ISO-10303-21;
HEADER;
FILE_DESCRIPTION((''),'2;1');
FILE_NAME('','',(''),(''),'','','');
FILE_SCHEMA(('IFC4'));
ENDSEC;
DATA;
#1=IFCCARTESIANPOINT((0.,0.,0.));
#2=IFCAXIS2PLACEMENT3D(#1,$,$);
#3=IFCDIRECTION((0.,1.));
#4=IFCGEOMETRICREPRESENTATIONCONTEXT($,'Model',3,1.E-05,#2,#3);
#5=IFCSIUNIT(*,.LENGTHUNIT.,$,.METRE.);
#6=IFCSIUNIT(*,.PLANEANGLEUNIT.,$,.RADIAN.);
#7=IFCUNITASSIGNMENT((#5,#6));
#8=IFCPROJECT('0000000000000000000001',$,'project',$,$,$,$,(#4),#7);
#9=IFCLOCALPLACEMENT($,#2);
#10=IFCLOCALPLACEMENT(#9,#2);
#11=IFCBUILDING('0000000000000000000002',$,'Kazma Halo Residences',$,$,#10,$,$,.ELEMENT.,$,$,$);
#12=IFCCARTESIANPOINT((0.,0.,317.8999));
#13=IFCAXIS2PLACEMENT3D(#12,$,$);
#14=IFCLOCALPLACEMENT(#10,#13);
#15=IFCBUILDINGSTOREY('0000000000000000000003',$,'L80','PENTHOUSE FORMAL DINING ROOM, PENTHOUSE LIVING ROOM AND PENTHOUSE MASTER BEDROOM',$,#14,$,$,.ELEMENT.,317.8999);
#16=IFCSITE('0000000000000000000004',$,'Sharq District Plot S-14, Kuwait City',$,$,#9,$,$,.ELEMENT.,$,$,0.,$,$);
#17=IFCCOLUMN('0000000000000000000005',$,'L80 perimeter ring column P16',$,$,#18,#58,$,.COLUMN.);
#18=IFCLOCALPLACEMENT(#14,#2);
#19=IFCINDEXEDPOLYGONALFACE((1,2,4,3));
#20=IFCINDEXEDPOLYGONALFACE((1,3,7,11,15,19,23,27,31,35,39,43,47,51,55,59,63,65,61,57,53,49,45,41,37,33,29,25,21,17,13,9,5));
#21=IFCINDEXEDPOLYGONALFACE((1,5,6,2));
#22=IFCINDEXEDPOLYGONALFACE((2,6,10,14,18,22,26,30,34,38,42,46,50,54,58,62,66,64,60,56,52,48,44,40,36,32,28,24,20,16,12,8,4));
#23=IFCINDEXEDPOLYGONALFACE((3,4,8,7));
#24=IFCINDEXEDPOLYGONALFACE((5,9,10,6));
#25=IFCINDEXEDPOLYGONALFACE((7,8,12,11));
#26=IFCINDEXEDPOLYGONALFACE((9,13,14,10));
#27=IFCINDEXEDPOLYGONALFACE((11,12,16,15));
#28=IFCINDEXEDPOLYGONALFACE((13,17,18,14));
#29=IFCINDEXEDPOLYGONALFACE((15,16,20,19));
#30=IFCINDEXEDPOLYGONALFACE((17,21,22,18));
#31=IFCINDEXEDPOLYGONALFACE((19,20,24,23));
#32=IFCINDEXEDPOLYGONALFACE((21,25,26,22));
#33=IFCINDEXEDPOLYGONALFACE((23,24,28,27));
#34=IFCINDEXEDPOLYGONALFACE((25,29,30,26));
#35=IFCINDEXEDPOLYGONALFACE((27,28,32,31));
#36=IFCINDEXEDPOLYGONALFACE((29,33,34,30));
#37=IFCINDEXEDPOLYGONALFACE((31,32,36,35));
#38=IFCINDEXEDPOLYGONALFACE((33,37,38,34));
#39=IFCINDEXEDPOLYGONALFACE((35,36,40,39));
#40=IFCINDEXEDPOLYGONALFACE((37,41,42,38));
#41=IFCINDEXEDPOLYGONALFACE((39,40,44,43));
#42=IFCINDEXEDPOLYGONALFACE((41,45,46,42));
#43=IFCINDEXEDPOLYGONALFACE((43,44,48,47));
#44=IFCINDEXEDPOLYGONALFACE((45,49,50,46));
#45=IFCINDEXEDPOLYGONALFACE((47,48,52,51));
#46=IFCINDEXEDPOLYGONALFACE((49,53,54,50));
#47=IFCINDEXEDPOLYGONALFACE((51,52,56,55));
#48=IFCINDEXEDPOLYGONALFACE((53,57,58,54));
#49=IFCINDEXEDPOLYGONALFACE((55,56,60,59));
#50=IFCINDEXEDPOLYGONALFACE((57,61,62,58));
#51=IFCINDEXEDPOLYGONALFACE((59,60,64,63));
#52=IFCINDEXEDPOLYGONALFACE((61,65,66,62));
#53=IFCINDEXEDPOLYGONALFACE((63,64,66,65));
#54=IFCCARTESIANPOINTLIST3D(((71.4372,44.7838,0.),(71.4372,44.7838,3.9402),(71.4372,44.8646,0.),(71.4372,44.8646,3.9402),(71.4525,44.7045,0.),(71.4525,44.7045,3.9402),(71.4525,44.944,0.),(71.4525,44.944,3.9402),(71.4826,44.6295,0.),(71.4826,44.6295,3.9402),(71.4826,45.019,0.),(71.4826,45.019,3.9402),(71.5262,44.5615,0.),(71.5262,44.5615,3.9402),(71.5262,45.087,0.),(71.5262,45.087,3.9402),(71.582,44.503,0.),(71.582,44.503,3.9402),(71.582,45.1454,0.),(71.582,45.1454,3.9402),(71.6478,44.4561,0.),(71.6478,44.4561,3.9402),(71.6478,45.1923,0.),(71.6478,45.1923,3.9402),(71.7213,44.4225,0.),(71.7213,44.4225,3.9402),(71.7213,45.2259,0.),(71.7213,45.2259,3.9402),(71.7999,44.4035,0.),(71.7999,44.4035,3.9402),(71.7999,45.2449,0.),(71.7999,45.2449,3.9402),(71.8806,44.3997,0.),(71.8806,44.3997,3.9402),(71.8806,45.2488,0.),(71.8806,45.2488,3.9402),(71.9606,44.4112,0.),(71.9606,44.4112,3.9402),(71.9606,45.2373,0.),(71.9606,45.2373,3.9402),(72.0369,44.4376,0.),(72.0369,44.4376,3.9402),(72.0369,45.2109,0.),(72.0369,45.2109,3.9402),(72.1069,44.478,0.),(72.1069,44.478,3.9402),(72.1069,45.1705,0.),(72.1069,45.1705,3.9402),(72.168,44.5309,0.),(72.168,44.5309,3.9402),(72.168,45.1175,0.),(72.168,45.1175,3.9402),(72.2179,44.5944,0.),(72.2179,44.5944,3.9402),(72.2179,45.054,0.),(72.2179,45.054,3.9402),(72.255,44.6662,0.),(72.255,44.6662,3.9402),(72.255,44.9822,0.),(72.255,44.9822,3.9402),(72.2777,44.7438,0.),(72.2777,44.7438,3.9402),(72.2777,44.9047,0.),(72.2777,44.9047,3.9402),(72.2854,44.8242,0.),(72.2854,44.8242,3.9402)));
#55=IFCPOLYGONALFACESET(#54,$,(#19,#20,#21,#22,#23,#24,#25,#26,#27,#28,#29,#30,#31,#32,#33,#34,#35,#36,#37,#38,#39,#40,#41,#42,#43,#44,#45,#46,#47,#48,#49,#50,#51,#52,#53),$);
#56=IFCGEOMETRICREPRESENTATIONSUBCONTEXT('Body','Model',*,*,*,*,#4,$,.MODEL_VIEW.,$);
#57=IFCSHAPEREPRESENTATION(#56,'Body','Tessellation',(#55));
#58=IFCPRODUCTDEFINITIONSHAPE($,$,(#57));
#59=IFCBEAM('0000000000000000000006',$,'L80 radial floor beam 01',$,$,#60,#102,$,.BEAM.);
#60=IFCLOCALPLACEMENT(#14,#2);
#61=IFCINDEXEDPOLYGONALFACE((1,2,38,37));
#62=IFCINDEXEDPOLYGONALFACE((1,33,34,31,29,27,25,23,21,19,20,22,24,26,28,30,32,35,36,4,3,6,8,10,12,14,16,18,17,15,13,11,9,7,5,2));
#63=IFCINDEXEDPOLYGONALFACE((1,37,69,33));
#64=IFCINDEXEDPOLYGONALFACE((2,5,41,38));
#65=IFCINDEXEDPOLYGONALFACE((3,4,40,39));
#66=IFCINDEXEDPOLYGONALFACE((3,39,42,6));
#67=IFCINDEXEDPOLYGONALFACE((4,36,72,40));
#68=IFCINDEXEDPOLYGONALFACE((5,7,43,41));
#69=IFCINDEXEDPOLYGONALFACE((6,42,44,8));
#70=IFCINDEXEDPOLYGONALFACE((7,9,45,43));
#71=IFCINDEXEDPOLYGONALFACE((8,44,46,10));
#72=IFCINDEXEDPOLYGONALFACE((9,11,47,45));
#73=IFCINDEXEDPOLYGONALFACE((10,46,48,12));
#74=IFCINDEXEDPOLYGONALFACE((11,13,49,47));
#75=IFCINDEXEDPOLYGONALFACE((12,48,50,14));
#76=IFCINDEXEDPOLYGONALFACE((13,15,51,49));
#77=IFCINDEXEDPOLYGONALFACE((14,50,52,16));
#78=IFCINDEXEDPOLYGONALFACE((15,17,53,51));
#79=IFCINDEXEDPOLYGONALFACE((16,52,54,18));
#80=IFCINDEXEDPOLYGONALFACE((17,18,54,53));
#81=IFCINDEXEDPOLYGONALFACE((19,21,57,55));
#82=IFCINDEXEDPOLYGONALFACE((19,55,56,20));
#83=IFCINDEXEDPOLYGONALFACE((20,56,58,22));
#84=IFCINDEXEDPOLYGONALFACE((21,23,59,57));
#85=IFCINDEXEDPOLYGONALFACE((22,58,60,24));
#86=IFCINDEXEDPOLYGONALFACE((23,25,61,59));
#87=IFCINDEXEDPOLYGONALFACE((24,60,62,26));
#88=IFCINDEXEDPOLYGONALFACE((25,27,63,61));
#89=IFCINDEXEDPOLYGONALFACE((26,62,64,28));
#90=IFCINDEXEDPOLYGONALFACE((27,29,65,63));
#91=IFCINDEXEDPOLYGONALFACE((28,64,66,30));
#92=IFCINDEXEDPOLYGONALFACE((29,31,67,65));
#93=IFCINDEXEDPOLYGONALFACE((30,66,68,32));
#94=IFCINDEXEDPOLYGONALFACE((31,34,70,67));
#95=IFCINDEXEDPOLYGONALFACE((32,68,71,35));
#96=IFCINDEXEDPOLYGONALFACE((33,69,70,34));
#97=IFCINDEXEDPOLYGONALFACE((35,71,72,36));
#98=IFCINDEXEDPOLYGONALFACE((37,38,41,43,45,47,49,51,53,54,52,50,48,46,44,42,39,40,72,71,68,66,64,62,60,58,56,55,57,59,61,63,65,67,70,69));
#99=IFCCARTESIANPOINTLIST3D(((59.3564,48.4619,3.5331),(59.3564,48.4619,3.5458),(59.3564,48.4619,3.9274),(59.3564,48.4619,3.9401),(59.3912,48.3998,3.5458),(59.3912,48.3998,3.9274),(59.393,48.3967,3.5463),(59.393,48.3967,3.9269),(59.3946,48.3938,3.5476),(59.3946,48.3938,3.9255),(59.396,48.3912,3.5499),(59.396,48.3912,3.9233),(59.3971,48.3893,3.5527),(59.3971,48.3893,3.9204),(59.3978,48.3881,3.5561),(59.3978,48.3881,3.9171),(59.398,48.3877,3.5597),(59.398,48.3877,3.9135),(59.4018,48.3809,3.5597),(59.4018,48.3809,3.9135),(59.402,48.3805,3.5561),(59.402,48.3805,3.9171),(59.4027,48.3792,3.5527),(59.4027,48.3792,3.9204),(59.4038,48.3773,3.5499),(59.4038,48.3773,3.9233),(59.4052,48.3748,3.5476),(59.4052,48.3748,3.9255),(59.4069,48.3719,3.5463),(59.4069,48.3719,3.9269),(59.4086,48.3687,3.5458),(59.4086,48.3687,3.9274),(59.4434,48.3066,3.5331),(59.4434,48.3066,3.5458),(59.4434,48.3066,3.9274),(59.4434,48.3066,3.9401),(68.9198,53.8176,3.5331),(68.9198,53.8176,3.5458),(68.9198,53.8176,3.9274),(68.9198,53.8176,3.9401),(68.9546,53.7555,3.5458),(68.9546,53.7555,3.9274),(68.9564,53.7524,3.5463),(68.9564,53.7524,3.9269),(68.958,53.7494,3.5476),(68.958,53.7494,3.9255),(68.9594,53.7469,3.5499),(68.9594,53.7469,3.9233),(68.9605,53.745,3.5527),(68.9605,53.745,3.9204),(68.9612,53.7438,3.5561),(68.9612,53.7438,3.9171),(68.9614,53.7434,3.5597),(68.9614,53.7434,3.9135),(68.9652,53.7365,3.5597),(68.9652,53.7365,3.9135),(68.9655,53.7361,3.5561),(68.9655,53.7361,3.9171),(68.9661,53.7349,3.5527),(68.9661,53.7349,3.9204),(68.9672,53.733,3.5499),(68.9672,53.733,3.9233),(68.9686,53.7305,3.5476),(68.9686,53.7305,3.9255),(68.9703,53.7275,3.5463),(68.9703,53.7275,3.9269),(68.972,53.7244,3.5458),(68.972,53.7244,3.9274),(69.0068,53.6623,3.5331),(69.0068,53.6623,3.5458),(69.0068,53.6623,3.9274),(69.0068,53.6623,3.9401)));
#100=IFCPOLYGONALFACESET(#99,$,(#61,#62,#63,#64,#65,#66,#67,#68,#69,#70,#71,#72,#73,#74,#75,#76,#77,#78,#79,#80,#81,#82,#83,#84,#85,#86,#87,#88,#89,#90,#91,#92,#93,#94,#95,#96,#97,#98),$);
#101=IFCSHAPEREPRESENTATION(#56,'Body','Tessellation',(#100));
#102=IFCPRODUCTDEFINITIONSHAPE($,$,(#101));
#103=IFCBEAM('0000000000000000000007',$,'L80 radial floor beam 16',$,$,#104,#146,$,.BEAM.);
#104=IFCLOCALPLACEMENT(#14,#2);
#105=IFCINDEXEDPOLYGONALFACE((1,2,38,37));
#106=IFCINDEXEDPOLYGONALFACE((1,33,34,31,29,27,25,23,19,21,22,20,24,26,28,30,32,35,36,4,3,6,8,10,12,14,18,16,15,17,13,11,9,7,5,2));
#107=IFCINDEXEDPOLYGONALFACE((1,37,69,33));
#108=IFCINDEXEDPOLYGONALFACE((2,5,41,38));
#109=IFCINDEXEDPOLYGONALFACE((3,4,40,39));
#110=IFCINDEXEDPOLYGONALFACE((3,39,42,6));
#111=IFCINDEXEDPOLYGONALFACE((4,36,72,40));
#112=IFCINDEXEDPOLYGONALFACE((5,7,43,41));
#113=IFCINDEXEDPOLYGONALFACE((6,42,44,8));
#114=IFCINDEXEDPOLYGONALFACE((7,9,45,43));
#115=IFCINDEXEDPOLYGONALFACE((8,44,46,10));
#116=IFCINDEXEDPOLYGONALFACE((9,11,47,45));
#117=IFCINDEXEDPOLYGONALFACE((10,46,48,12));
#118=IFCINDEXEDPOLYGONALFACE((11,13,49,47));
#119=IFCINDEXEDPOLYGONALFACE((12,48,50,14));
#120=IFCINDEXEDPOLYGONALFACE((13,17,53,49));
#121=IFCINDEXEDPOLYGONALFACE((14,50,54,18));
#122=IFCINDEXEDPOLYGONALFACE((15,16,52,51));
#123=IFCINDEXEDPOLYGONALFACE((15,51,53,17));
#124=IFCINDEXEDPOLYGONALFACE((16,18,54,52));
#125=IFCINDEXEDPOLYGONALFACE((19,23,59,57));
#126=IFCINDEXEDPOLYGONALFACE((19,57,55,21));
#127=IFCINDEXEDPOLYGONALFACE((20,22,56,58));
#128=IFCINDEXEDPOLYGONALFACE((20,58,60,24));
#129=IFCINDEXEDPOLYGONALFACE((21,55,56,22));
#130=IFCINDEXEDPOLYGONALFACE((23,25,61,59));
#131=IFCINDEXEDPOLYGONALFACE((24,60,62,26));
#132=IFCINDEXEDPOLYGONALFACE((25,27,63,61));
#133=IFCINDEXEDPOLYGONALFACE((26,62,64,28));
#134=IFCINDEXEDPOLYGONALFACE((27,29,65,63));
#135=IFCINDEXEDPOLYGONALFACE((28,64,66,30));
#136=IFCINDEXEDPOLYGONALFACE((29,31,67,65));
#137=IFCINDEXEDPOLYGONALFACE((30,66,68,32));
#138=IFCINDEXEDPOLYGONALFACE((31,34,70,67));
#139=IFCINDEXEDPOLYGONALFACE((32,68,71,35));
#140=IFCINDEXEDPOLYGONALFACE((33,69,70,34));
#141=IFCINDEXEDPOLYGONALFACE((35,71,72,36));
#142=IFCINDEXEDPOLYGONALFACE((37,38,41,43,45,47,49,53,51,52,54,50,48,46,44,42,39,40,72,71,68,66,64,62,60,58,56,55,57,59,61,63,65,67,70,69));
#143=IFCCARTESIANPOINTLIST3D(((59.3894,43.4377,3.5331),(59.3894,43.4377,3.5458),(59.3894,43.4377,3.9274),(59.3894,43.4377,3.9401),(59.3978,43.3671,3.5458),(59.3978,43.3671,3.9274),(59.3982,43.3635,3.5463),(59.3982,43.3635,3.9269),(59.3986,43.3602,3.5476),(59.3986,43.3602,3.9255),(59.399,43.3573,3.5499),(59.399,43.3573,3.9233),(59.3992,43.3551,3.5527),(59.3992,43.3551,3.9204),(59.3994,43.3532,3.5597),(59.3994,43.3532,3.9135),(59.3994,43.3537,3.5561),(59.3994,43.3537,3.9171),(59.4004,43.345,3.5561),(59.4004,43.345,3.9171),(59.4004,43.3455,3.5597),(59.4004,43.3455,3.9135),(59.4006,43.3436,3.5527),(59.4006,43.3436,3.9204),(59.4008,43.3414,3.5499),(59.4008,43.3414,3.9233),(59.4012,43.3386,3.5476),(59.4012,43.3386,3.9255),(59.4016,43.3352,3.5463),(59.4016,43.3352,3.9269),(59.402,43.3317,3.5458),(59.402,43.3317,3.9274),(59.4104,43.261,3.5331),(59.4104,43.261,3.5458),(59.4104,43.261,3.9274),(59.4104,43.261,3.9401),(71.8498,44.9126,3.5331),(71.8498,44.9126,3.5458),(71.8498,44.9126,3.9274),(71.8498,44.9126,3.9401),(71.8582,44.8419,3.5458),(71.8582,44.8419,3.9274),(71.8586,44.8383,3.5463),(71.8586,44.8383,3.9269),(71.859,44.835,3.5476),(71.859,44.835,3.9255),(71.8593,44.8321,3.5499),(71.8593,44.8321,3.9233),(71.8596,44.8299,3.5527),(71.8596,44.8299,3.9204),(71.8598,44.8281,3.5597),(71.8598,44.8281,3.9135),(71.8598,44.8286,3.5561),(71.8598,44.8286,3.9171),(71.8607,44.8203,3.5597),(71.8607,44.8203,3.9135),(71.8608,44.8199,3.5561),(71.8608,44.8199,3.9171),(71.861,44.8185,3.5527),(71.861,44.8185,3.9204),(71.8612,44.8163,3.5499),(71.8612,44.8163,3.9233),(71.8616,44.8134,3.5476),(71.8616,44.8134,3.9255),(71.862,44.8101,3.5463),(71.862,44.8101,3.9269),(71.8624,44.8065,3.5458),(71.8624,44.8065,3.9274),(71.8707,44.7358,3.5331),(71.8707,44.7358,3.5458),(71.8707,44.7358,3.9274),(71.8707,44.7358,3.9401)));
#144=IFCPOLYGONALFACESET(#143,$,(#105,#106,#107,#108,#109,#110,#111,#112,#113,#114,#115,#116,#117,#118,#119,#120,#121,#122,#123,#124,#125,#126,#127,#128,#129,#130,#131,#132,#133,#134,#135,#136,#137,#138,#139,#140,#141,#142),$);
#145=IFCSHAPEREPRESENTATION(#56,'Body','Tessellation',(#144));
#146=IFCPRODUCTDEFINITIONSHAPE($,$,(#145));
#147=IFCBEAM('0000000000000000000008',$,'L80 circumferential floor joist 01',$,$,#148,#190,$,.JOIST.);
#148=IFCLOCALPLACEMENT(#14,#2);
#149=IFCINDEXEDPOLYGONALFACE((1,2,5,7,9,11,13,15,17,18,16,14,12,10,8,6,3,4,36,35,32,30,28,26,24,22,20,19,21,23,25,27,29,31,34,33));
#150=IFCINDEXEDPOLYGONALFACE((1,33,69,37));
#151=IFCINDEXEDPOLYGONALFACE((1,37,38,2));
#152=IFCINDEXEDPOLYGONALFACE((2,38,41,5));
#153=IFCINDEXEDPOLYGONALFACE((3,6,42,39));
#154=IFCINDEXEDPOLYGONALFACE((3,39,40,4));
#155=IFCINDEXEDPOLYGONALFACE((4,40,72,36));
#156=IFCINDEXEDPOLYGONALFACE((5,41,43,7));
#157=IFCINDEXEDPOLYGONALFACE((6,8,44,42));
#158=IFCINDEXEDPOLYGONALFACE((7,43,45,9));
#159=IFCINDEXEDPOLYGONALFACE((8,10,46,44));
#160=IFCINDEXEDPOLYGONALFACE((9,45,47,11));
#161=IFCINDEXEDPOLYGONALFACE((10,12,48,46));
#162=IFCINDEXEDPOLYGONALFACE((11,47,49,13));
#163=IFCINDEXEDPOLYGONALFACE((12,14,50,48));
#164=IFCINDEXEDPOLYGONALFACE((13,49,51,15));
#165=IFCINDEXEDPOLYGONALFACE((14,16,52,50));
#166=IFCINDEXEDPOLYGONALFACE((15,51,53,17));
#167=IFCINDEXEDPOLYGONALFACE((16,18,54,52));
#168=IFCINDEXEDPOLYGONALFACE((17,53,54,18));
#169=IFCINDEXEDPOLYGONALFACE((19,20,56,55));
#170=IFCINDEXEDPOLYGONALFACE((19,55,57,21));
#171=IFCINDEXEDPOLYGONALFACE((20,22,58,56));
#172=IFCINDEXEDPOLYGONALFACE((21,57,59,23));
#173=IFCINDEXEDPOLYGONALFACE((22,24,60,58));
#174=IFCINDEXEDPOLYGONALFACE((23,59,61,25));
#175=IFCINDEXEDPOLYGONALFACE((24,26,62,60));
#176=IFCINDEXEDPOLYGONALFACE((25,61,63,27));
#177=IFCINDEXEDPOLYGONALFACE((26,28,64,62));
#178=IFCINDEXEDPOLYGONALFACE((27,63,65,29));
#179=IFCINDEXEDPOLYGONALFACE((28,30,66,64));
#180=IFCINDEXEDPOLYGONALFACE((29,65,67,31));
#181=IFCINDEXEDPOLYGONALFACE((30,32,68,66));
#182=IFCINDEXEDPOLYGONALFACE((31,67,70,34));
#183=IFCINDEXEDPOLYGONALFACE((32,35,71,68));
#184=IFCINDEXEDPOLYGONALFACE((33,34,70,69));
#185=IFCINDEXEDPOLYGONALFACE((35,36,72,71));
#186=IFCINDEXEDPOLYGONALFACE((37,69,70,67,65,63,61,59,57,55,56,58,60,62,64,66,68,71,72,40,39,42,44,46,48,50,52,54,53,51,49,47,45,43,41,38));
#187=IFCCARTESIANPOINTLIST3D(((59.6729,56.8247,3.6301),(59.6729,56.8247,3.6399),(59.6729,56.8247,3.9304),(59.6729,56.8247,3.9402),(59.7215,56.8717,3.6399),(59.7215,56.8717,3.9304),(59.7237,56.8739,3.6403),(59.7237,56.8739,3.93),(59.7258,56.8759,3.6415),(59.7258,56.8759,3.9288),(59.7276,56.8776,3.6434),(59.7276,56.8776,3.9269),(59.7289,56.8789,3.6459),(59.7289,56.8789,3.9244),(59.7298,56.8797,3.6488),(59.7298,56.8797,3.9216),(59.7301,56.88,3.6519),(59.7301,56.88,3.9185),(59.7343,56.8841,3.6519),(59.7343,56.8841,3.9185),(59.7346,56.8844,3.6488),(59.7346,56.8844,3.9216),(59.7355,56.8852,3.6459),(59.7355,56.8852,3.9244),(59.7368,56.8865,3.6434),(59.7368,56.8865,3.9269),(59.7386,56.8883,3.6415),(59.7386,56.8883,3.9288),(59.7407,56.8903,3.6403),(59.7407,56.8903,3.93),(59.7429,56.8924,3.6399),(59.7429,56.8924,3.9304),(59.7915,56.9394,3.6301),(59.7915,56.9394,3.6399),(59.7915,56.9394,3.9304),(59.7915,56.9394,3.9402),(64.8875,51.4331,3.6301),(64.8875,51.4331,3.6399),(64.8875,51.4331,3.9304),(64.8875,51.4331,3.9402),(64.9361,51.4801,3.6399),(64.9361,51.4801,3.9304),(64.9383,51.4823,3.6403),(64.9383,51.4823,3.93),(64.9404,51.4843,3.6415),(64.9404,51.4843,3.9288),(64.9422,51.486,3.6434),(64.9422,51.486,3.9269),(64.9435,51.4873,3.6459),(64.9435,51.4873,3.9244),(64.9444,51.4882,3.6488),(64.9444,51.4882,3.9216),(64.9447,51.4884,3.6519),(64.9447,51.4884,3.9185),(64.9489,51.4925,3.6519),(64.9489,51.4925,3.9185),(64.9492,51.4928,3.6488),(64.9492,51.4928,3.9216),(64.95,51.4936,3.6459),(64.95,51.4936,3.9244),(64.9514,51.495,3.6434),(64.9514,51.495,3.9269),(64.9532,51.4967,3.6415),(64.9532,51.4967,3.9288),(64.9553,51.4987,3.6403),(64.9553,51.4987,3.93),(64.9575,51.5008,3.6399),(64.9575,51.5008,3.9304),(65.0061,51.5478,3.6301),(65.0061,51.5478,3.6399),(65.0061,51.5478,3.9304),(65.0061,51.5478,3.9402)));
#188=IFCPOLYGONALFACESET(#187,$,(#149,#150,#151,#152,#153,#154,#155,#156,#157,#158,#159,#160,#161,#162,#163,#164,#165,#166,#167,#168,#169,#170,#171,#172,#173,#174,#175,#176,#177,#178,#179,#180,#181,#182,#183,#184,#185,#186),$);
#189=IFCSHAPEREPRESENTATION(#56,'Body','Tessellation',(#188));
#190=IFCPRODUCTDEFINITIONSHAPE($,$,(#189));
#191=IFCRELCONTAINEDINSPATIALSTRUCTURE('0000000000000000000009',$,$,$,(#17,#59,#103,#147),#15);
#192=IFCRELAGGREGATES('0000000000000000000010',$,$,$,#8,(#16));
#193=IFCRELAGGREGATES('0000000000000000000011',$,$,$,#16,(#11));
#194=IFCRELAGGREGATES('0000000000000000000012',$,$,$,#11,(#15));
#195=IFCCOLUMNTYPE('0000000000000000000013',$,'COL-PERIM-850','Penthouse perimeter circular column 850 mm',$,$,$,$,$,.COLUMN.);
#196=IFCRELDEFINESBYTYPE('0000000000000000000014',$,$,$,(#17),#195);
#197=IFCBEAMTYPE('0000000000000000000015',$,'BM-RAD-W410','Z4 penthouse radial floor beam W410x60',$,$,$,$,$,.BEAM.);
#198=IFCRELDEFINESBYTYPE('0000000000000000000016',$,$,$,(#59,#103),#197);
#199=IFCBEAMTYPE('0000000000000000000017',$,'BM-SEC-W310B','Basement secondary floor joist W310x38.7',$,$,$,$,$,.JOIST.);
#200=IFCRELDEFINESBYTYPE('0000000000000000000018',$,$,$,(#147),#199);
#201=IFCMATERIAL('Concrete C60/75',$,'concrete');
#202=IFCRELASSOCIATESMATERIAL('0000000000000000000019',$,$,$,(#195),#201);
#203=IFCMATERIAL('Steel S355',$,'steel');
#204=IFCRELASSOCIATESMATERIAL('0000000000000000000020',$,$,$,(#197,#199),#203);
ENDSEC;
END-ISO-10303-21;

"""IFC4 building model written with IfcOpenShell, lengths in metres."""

from ifc_helpers import new_model, si_unit, direction, frame, origin, origin_2d, place, context, subcontext, project, spatial, circle, i_section, extrude, material, material_profile, profile_set, type_object, element, save


model = new_model("IFC4")

# Units and contexts
model_context = context("Model", 3, precision=1e-05, world=origin(), true_north=direction((0.0, 1.0)))
body_context = subcontext(model_context, "Body", "Model", "MODEL_VIEW")
ifc_project = project(units=[si_unit("LENGTHUNIT", "METRE"), si_unit("PLANEANGLEUNIT", "RADIAN")], contexts=[model_context])

# Site, building, storey
site_placement = place(None, origin())
site = spatial("IfcSite", under=ifc_project, at=site_placement, Name="Sharq District Plot S-14, Kuwait City", CompositionType="ELEMENT", RefElevation=0.0)
building_placement = place(site_placement, origin())
building = spatial("IfcBuilding", under=site, at=building_placement, Name="Kazma Halo Residences", CompositionType="ELEMENT")
storey_placement = place(building_placement, frame((0.0, 0.0, 317.8999)))
storey = spatial("IfcBuildingStorey", under=building, at=storey_placement, Name="L80", Description="PENTHOUSE FORMAL DINING ROOM, PENTHOUSE LIVING ROOM AND PENTHOUSE MASTER BEDROOM", CompositionType="ELEMENT", Elevation=317.8999)

# Column
ifc_material_1 = material(Name="Concrete C60/75", Category="concrete")
ifc_material_profile_1 = material_profile(ifc_material_1, circle(Radius=0.425, at=origin_2d()), Name="CIRC850")
ifc_profile_set_1 = profile_set([ifc_material_profile_1], Name="Concrete C60/75")
column_type = type_object("IfcColumnType", Name="COL-PERIM-850", Description="Penthouse perimeter circular column 850 mm", PredefinedType="COLUMN", material=ifc_profile_set_1)
column_placement = place(storey_placement, frame((71.8604, 44.8242, 0.0), z_axis=(0.0, 0.0, 1.0), x_axis=(1.0, 0.0, 0.0)))
element("IfcColumn", 1, at=column_placement, inside=storey, type_object=column_type, Name="L80 perimeter ring column P16", PredefinedType="COLUMN", context=body_context, shape_type="SweptSolid", body=[
    extrude(circle(Radius=0.425, at=origin_2d()), origin(), (0.0, 0.0, 1.0), 3.9402),
])

# Beams
ifc_material_2 = material(Name="Steel S355", Category="steel")
ifc_material_profile_2 = material_profile(ifc_material_2, i_section(OverallWidth=0.178, OverallDepth=0.407, WebThickness=0.0078, FlangeThickness=0.0127, FilletRadius=0.0139, at=origin_2d()), Name="W410x60")
ifc_profile_set_2 = profile_set([ifc_material_profile_2], Name="Steel S355")
beam_type_1 = type_object("IfcBeamType", Name="BM-RAD-W410", Description="Z4 penthouse radial floor beam W410x60", PredefinedType="BEAM", material=ifc_profile_set_2)
beam_1_placement = place(storey_placement, frame((59.3999, 48.3843, 3.7366), z_axis=(0.8725, 0.488615, 0.0), x_axis=(-0.488615, 0.8725, 0.0)))
element("IfcBeam", 2, at=beam_1_placement, inside=storey, type_object=beam_type_1, Name="L80 radial floor beam 01", PredefinedType="BEAM", context=body_context, shape_type="SweptSolid", body=[
    extrude(i_section(OverallWidth=0.178, OverallDepth=0.407, WebThickness=0.0078, FlangeThickness=0.0127, FilletRadius=0.0139, at=origin_2d()), origin(), (0.0, 0.0, 1.0), 10.9609),
])
beam_2_placement = place(storey_placement, frame((59.3999, 43.3494, 3.7366), z_axis=(0.993068, 0.117542, 0.0), x_axis=(-0.117542, 0.993068, 0.0)))
element("IfcBeam", 3, at=beam_2_placement, inside=storey, type_object=beam_type_1, Name="L80 radial floor beam 16", PredefinedType="BEAM", context=body_context, shape_type="SweptSolid", body=[
    extrude(i_section(OverallWidth=0.178, OverallDepth=0.407, WebThickness=0.0078, FlangeThickness=0.0127, FilletRadius=0.0139, at=origin_2d()), origin(), (0.0, 0.0, 1.0), 12.5474),
])
ifc_material_profile_3 = material_profile(ifc_material_2, i_section(OverallWidth=0.165, OverallDepth=0.3101, WebThickness=0.0059, FlangeThickness=0.0098, FilletRadius=0.012, at=origin_2d()), Name="W310x38.7")
ifc_profile_set_3 = profile_set([ifc_material_profile_3], Name="Steel S355")
beam_type_2 = type_object("IfcBeamType", Name="BM-SEC-W310B", Description="Basement secondary floor joist W310x38.7", PredefinedType="JOIST", material=ifc_profile_set_3)
beam_3_placement = place(storey_placement, frame((64.9468, 51.4905, 3.7852), z_axis=(-0.695209, 0.718807, 0.0), x_axis=(-0.718807, -0.695209, 0.0)))
element("IfcBeam", 4, at=beam_3_placement, inside=storey, type_object=beam_type_2, Name="L80 circumferential floor joist 01", PredefinedType="JOIST", context=body_context, shape_type="SweptSolid", body=[
    extrude(i_section(OverallWidth=0.165, OverallDepth=0.3101, WebThickness=0.0059, FlangeThickness=0.0098, FilletRadius=0.012, at=origin_2d()), origin(), (0.0, 0.0, 1.0), 7.5007),
])

save(model, "model.ifc")
